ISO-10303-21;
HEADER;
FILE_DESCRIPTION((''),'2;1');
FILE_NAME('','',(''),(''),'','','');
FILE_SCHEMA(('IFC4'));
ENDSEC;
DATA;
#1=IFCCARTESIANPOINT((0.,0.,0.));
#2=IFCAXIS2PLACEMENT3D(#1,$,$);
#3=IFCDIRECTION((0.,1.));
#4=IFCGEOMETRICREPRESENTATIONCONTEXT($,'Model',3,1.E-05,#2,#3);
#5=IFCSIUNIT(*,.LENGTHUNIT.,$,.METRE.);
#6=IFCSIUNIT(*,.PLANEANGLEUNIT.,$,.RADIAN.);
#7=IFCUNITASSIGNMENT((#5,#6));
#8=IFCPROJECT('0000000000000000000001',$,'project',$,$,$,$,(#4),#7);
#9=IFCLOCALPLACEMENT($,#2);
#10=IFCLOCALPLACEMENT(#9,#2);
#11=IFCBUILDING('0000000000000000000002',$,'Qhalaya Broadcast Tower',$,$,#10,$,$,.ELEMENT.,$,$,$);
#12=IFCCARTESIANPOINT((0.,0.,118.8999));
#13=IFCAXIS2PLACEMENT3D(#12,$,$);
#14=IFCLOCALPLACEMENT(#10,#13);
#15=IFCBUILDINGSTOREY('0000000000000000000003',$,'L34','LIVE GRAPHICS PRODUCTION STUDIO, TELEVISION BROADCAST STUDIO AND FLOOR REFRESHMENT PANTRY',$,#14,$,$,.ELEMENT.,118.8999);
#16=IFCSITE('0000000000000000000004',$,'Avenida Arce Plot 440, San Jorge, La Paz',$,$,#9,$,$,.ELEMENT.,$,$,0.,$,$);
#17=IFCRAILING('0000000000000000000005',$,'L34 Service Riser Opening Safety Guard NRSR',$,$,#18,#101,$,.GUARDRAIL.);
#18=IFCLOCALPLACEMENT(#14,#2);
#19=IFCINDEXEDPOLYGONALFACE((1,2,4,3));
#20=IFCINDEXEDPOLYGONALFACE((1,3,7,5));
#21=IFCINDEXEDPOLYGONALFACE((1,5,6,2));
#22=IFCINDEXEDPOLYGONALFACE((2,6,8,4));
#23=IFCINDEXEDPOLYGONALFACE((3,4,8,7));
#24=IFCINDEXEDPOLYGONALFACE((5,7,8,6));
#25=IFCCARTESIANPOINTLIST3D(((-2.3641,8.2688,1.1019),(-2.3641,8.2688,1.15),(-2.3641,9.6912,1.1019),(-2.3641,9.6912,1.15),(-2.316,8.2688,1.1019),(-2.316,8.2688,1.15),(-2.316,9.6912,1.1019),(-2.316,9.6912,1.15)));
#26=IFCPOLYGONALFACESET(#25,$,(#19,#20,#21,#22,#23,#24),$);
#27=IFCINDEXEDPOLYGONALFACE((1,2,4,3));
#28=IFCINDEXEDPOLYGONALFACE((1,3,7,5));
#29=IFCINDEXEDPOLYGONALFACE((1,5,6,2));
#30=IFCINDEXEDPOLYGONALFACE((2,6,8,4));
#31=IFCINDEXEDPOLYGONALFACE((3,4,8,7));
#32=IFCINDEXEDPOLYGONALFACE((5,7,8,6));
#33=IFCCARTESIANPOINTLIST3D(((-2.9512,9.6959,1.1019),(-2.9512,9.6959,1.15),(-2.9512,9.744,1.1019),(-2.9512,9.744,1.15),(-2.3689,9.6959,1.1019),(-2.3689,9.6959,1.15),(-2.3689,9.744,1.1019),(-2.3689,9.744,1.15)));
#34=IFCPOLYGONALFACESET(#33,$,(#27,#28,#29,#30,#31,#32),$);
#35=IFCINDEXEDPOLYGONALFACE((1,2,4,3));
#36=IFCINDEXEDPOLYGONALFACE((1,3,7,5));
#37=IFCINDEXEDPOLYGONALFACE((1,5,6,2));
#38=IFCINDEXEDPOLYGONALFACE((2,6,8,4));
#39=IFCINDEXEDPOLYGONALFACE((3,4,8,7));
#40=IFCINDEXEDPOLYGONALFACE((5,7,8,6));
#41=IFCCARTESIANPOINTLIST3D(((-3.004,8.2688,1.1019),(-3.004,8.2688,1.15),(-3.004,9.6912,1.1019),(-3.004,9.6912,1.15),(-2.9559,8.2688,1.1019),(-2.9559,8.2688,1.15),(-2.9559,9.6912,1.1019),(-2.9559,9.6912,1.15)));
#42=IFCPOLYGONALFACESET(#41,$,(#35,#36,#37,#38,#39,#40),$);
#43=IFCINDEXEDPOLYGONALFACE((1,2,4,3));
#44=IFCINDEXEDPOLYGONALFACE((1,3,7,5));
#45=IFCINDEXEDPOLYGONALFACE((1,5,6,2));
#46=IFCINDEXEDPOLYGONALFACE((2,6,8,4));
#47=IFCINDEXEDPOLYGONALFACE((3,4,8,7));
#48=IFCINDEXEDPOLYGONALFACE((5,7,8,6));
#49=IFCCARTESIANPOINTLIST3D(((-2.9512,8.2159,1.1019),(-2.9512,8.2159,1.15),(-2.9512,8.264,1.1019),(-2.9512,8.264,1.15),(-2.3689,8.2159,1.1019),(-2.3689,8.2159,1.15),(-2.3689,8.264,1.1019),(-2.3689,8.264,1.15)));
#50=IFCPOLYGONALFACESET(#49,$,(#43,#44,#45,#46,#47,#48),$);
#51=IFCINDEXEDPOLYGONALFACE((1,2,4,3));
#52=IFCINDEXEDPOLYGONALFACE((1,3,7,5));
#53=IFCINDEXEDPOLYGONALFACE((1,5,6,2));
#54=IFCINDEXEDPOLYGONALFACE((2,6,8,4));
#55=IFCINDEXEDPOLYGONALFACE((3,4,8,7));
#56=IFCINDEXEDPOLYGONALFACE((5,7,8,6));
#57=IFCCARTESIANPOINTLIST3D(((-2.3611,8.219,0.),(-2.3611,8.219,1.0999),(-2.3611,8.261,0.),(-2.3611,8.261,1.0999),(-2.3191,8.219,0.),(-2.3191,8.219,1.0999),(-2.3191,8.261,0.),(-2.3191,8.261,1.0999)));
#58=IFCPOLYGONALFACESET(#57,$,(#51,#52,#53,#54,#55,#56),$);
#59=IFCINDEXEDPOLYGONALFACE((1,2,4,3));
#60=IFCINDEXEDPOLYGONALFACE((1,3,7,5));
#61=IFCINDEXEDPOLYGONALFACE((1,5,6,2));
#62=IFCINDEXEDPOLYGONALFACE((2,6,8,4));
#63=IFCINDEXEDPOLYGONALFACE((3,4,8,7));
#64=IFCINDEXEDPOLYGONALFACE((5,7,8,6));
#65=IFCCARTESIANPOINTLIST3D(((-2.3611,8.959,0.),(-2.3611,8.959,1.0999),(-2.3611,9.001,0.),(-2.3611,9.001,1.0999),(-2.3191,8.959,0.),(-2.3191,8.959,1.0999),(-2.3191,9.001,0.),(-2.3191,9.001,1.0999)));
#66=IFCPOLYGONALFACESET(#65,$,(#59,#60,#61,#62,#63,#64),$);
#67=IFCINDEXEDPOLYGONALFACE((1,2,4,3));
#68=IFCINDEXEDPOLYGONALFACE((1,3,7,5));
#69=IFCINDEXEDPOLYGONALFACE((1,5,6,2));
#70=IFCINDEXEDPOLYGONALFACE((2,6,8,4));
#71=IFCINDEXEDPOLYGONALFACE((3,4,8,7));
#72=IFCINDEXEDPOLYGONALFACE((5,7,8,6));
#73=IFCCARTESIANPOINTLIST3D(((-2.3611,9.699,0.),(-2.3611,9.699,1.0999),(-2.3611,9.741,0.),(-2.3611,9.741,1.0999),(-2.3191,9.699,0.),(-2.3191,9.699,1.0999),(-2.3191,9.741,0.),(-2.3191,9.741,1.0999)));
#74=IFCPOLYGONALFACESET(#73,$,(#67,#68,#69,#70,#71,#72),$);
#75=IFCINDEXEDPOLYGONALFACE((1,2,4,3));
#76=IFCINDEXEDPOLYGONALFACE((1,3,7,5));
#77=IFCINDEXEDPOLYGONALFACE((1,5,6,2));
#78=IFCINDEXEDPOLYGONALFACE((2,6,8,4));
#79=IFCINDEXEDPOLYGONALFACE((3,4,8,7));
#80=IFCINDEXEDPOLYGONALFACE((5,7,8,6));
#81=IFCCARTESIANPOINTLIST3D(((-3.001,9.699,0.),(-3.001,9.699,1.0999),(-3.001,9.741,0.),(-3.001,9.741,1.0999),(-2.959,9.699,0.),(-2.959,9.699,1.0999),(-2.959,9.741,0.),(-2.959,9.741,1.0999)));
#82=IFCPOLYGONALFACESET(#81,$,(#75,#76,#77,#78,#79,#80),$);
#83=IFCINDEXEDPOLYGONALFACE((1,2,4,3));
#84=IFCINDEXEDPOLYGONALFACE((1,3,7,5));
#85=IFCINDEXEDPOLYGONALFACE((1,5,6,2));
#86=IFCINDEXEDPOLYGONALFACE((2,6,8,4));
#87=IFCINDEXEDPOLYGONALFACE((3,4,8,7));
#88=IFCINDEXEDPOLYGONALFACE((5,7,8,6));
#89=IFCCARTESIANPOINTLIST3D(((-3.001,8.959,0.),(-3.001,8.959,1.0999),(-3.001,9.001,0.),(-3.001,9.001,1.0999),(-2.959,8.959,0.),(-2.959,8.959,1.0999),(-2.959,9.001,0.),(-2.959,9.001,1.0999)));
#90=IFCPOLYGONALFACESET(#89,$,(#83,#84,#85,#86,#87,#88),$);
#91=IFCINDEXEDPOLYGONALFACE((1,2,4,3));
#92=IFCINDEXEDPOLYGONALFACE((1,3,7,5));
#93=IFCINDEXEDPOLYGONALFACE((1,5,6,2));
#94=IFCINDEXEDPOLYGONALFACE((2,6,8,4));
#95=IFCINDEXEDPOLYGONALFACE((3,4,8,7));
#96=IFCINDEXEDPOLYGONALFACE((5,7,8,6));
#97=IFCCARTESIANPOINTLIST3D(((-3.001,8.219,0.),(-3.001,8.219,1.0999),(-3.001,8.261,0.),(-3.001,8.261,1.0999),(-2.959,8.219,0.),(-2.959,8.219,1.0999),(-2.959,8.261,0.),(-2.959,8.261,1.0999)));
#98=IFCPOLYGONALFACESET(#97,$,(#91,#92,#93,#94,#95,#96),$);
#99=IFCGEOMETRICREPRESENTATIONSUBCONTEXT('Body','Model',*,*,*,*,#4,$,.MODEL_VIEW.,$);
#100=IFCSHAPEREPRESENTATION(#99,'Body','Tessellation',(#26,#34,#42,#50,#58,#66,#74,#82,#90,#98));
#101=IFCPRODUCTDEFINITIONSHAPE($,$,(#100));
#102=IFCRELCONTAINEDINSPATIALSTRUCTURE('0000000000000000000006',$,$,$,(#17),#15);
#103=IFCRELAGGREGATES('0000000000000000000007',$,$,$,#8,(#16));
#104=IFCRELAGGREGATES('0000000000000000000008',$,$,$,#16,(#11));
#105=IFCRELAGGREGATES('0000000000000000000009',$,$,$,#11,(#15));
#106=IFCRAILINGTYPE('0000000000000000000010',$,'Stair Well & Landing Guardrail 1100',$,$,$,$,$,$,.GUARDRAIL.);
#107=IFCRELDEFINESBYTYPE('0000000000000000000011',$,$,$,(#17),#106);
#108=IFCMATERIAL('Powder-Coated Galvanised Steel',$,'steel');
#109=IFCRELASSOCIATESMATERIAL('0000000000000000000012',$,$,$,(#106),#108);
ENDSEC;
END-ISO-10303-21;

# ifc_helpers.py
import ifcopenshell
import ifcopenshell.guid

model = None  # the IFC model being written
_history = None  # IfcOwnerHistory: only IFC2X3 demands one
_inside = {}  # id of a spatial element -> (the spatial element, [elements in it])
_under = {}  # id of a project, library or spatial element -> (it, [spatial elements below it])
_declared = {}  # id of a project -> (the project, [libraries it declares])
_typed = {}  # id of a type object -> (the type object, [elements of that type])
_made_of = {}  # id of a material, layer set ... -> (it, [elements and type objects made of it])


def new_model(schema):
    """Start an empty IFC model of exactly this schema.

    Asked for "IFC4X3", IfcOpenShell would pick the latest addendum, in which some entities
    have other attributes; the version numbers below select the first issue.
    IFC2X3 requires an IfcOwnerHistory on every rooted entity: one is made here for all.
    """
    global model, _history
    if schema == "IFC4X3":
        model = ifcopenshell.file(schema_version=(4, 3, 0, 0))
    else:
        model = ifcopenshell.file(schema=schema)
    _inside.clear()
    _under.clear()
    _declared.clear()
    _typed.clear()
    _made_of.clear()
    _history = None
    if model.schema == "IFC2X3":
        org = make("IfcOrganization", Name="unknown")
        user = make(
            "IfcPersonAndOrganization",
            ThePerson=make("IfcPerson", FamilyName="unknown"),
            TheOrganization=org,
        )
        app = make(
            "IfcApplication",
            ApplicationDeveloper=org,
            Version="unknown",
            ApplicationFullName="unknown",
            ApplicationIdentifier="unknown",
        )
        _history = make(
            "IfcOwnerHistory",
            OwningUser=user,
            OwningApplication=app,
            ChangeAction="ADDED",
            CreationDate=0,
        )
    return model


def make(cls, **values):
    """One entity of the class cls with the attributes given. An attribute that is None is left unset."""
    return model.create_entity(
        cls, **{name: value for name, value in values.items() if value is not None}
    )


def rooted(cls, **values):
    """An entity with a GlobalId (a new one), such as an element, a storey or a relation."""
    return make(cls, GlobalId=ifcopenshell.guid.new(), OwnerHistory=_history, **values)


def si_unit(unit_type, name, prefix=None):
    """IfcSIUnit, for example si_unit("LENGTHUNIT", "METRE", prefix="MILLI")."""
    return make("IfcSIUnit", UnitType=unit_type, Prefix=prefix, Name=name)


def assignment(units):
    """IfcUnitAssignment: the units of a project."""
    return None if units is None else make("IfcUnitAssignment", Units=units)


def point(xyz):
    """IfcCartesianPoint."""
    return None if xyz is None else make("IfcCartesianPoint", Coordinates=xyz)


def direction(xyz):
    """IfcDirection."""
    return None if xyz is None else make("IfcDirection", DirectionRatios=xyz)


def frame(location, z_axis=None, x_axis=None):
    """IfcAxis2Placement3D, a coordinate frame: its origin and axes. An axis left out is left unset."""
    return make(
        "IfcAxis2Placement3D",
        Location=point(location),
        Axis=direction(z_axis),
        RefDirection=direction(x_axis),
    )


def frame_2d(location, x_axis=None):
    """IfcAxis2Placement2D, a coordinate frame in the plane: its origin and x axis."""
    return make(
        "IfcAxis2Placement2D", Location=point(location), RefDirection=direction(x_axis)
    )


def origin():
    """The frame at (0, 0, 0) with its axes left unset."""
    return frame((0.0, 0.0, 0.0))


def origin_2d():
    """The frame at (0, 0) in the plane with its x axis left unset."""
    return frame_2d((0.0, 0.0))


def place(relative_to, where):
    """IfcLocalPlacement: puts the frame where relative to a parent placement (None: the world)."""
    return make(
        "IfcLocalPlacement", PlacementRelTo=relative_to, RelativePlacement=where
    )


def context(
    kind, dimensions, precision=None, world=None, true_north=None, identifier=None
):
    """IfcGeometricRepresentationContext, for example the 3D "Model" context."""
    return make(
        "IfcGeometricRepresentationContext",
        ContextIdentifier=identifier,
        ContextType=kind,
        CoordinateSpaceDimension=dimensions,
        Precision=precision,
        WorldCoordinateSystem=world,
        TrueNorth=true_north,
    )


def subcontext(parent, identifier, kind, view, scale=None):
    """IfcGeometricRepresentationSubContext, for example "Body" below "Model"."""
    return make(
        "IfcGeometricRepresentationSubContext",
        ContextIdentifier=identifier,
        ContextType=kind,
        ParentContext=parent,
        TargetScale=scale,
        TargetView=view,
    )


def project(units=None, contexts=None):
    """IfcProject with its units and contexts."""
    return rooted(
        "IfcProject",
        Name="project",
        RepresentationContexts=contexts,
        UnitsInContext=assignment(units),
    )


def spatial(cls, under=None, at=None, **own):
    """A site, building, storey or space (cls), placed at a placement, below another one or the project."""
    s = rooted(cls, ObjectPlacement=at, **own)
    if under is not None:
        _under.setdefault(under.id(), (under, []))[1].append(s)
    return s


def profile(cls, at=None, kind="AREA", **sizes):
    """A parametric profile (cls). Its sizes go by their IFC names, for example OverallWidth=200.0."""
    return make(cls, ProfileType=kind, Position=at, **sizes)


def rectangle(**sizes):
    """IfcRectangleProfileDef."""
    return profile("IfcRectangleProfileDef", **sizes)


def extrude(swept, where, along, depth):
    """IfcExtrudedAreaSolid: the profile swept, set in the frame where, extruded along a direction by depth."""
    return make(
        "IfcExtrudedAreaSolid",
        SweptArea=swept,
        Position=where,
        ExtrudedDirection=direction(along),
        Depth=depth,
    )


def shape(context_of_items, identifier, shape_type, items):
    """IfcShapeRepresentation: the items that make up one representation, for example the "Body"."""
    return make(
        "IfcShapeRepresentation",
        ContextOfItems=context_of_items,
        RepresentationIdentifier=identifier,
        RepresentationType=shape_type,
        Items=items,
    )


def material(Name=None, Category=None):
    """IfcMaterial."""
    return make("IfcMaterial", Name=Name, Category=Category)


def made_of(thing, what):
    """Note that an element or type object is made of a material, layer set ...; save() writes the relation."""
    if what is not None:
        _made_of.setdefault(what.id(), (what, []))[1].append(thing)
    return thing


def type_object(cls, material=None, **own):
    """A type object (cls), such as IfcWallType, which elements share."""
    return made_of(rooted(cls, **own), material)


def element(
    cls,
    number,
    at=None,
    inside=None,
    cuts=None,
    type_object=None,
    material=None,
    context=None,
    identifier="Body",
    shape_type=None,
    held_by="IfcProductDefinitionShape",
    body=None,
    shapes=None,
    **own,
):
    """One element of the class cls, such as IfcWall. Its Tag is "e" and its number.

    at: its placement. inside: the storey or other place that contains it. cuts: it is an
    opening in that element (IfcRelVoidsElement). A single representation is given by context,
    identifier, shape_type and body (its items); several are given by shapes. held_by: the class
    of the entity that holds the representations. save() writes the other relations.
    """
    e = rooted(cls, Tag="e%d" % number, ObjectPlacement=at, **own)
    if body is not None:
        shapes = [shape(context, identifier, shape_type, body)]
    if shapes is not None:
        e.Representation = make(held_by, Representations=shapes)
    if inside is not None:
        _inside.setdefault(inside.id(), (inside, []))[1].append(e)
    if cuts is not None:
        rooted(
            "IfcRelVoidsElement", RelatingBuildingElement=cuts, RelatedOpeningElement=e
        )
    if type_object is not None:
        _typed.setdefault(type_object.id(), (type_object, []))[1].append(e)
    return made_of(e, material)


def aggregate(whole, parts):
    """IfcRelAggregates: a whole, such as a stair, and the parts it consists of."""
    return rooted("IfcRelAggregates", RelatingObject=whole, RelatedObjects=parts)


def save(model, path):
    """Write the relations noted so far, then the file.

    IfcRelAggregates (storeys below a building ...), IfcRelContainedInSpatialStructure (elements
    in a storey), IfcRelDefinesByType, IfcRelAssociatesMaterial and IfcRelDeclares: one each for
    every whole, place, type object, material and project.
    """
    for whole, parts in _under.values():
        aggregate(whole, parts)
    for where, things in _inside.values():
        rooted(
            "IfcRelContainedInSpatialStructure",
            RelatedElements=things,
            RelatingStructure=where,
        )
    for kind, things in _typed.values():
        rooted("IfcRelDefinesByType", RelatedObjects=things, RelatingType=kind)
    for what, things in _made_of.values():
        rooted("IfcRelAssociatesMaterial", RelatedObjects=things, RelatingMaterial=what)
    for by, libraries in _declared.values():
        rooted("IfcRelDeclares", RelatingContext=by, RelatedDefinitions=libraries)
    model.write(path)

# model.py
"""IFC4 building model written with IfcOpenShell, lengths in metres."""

from ifc_helpers import new_model, si_unit, direction, frame, origin, origin_2d, place, context, subcontext, project, spatial, rectangle, extrude, material, type_object, element, save


model = new_model("IFC4")

# Units and contexts
model_context = context("Model", 3, precision=1e-05, world=origin(), true_north=direction((0.0, 1.0)))
body_context = subcontext(model_context, "Body", "Model", "MODEL_VIEW")
ifc_project = project(units=[si_unit("LENGTHUNIT", "METRE"), si_unit("PLANEANGLEUNIT", "RADIAN")], contexts=[model_context])

# Site, building, storey
site_placement = place(None, origin())
site = spatial("IfcSite", under=ifc_project, at=site_placement, Name="Avenida Arce Plot 440, San Jorge, La Paz", CompositionType="ELEMENT", RefElevation=0.0)
building_placement = place(site_placement, origin())
building = spatial("IfcBuilding", under=site, at=building_placement, Name="Qhalaya Broadcast Tower", CompositionType="ELEMENT")
storey_placement = place(building_placement, frame((0.0, 0.0, 118.8999)))
storey = spatial("IfcBuildingStorey", under=building, at=storey_placement, Name="L34", Description="LIVE GRAPHICS PRODUCTION STUDIO, TELEVISION BROADCAST STUDIO AND FLOOR REFRESHMENT PANTRY", CompositionType="ELEMENT", Elevation=118.8999)

# Railing
ifc_material_1 = material(Name="Powder-Coated Galvanised Steel", Category="steel")
railing_type = type_object("IfcRailingType", Name="Stair Well & Landing Guardrail 1100", PredefinedType="GUARDRAIL", material=ifc_material_1)
railing_placement = place(storey_placement, frame((-2.3401, 8.24, 0.0)))
element("IfcRailing", 1, at=railing_placement, inside=storey, type_object=railing_type, Name="L34 Service Riser Opening Safety Guard NRSR", PredefinedType="GUARDRAIL", context=body_context, shape_type="SweptSolid", body=[
    extrude(rectangle(XDim=0.0481, YDim=0.0481, at=origin_2d()), frame((0.0, 0.0288, 1.126), z_axis=(0.0, 1.0, 0.0), x_axis=(-1.0, 0.0, 0.0)), (0.0, 0.0, 1.0), 1.4224),
    extrude(rectangle(XDim=0.0481, YDim=0.0481, at=origin_2d()), frame((-0.0288, 1.48, 1.126), z_axis=(-1.0, 0.0, 0.0), x_axis=(0.0, -1.0, 0.0)), (0.0, 0.0, 1.0), 0.5823),
    extrude(rectangle(XDim=0.0481, YDim=0.0481, at=origin_2d()), frame((-0.6399, 1.4512, 1.126), z_axis=(0.0, -1.0, 0.0), x_axis=(1.0, 0.0, 0.0)), (0.0, 0.0, 1.0), 1.4224),
    extrude(rectangle(XDim=0.0481, YDim=0.0481, at=origin_2d()), frame((-0.6111, 0.0, 1.126), z_axis=(1.0, 0.0, 0.0), x_axis=(0.0, 1.0, 0.0)), (0.0, 0.0, 1.0), 0.5823),
    extrude(rectangle(XDim=0.042, YDim=0.042, at=origin_2d()), origin(), (0.0, 0.0, 1.0), 1.0999),
    extrude(rectangle(XDim=0.042, YDim=0.042, at=origin_2d()), frame((0.0, 0.74, 0.0)), (0.0, 0.0, 1.0), 1.0999),
    extrude(rectangle(XDim=0.042, YDim=0.042, at=origin_2d()), frame((0.0, 1.48, 0.0)), (0.0, 0.0, 1.0), 1.0999),
    extrude(rectangle(XDim=0.042, YDim=0.042, at=origin_2d()), frame((-0.6399, 1.48, 0.0)), (0.0, 0.0, 1.0), 1.0999),
    extrude(rectangle(XDim=0.042, YDim=0.042, at=origin_2d()), frame((-0.6399, 0.74, 0.0)), (0.0, 0.0, 1.0), 1.0999),
    extrude(rectangle(XDim=0.042, YDim=0.042, at=origin_2d()), frame((-0.6399, 0.0, 0.0)), (0.0, 0.0, 1.0), 1.0999),
])

save(model, "model.ifc")
